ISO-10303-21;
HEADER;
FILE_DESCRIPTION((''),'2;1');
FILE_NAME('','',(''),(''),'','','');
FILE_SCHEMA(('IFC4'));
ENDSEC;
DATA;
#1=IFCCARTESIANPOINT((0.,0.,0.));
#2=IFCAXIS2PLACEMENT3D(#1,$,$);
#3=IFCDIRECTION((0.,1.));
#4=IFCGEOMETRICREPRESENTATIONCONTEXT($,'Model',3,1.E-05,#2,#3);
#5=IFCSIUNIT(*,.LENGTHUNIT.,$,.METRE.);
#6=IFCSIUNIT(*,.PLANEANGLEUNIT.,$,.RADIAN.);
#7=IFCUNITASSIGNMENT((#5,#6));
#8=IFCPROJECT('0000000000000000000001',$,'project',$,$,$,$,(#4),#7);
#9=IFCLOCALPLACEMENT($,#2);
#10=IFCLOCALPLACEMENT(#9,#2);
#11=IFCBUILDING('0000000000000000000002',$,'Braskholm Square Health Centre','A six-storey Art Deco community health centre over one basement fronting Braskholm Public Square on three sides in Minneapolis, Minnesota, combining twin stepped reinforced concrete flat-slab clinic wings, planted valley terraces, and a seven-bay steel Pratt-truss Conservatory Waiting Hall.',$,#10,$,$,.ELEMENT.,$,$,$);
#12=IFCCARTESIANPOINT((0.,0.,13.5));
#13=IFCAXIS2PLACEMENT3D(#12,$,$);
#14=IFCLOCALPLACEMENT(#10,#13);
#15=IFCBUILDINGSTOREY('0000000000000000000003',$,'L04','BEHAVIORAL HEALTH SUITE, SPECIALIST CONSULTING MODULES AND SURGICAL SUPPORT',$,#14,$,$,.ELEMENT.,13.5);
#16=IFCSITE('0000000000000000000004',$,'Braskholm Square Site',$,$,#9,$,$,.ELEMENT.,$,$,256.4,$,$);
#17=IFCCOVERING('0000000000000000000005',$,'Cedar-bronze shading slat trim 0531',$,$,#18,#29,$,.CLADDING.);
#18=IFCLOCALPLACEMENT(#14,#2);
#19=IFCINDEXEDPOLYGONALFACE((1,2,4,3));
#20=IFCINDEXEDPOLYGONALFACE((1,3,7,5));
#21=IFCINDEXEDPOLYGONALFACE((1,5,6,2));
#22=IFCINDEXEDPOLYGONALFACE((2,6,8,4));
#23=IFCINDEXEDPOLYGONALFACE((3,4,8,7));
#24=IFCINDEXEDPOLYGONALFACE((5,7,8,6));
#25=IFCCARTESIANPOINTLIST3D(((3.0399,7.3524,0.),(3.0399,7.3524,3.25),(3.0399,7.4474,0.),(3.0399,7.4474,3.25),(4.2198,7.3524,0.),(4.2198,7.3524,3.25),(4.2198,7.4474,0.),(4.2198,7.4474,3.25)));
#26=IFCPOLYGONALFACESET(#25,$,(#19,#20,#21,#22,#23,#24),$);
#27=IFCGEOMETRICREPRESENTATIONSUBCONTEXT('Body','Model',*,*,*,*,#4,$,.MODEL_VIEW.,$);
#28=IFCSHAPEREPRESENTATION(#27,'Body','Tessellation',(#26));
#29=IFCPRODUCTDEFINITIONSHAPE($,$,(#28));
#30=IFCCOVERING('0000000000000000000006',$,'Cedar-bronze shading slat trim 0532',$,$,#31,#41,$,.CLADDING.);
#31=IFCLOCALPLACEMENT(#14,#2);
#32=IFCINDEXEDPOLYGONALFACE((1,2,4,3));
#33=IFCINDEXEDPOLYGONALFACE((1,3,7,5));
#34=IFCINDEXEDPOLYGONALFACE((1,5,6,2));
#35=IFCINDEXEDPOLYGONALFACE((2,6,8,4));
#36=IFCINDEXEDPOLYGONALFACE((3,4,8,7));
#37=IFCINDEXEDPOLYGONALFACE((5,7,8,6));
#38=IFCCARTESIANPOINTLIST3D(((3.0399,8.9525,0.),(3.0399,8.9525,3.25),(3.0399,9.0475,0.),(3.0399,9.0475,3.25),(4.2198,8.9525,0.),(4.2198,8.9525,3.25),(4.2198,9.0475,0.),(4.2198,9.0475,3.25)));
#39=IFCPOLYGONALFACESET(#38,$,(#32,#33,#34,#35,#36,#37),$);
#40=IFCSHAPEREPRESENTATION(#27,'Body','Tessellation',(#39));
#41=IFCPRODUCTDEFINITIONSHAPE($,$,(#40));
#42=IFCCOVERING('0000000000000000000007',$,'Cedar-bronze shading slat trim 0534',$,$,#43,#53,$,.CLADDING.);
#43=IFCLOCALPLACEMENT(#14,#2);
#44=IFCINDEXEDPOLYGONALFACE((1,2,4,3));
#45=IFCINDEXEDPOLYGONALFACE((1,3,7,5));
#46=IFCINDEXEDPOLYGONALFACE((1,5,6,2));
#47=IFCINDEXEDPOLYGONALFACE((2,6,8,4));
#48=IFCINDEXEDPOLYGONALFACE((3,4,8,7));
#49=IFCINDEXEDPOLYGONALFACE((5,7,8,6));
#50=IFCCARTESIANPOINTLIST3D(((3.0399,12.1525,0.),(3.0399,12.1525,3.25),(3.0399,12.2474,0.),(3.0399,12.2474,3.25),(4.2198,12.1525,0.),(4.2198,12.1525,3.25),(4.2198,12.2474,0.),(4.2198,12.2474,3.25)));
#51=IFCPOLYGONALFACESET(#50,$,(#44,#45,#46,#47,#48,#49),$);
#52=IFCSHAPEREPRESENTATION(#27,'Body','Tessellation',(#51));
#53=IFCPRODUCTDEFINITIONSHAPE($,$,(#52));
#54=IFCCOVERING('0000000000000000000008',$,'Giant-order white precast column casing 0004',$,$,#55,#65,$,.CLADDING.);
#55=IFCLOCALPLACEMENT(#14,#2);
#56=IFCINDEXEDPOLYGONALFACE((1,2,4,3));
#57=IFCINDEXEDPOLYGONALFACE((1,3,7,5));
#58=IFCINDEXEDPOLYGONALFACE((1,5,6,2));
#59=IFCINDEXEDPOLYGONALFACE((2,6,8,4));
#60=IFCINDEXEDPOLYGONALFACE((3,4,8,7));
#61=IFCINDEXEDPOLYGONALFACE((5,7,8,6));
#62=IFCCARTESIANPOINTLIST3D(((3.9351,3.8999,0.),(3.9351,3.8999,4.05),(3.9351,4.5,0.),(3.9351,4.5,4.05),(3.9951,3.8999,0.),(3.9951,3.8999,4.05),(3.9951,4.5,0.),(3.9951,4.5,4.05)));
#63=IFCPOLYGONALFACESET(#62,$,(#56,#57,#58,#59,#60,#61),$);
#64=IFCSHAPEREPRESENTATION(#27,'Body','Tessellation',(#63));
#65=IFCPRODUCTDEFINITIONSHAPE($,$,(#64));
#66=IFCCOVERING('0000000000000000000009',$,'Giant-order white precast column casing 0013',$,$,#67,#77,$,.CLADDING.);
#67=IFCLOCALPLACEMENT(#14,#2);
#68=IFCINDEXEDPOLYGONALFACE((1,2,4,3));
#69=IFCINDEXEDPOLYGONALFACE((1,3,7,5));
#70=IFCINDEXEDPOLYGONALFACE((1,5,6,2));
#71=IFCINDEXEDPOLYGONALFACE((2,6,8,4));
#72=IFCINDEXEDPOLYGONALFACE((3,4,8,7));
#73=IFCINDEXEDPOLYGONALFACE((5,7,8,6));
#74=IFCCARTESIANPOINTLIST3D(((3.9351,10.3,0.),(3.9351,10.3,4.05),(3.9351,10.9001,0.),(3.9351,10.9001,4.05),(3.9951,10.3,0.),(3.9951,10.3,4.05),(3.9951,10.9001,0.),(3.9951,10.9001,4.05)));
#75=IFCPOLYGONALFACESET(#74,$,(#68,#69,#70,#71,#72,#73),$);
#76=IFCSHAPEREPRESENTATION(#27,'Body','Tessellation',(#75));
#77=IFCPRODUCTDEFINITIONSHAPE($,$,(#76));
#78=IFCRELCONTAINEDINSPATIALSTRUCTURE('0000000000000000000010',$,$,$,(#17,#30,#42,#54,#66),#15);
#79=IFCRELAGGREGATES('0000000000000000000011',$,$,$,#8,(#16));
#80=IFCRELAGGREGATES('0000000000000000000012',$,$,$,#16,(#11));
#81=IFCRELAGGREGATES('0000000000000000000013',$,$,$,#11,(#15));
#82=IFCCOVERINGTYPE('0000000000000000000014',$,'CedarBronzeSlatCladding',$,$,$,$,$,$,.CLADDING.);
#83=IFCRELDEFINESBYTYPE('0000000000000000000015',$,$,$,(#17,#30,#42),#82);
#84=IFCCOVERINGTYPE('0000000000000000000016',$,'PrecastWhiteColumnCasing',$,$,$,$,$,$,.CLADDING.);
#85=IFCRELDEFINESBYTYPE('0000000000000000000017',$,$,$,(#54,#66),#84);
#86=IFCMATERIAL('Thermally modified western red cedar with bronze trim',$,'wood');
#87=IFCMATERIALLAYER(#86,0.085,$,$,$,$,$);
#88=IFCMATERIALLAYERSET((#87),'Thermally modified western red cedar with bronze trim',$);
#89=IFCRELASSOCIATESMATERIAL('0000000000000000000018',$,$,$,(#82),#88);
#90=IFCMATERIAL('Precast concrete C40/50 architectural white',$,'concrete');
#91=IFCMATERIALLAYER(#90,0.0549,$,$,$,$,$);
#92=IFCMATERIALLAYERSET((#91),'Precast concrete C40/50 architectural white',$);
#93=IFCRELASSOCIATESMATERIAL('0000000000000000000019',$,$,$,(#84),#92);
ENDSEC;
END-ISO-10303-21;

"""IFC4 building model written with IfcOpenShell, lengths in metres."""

from ifc_helpers import new_model, si_unit, direction, frame, origin, origin_2d, place, context, subcontext, project, spatial, rectangle, extrude, material, layer, layer_set, type_object, element, save


model = new_model("IFC4")

# Units and contexts
model_context = context("Model", 3, precision=1e-05, world=origin(), true_north=direction((0.0, 1.0)))
body_context = subcontext(model_context, "Body", "Model", "MODEL_VIEW")
ifc_project = project(units=[si_unit("LENGTHUNIT", "METRE"), si_unit("PLANEANGLEUNIT", "RADIAN")], contexts=[model_context])

# Site, building, storey
site_placement = place(None, origin())
site = spatial("IfcSite", under=ifc_project, at=site_placement, Name="Braskholm Square Site", CompositionType="ELEMENT", RefElevation=256.4)
building_placement = place(site_placement, origin())
building = spatial("IfcBuilding", under=site, at=building_placement, Name="Braskholm Square Health Centre", Description="A six-storey Art Deco community health centre over one basement fronting Braskholm Public Square on three sides in Minneapolis, Minnesota, combining twin stepped reinforced concrete flat-slab clinic wings, planted valley terraces, and a seven-bay steel Pratt-truss Conservatory Waiting Hall.", CompositionType="ELEMENT")
storey_placement = place(building_placement, frame((0.0, 0.0, 13.5)))
storey = spatial("IfcBuildingStorey", under=building, at=storey_placement, Name="L04", Description="BEHAVIORAL HEALTH SUITE, SPECIALIST CONSULTING MODULES AND SURGICAL SUPPORT", CompositionType="ELEMENT", Elevation=13.5)

# Shared definitions
ifc_material_1 = material(Name="Precast concrete C40/50 architectural white", Category="concrete")

# Shared definitions
ifc_material_2 = material(Name="Thermally modified western red cedar with bronze trim", Category="wood")

# Coverings
ifc_layer_1 = layer(ifc_material_2, 0.085)
ifc_layer_set_1 = layer_set([ifc_layer_1], Name="Thermally modified western red cedar with bronze trim")
covering_type_1 = type_object("IfcCoveringType", Name="CedarBronzeSlatCladding", PredefinedType="CLADDING", material=ifc_layer_set_1)
for number, where, z_axis, x_axis, name in (
    (1, (3.6299, 7.3999, 0.0), (0.0, 0.0, 1.0), (1.0, 0.0, 0.0), "Cedar-bronze shading slat trim 0531"),
    (2, (3.6299, 9.0, 0.0), (0.0, 0.0, 1.0), (1.0, 0.0, 0.0), "Cedar-bronze shading slat trim 0532"),
    (3, (3.6299, 12.2, 0.0), (0.0, 0.0, 1.0), (1.0, 0.0, 0.0), "Cedar-bronze shading slat trim 0534"),
):
    element("IfcCovering", number, at=place(storey_placement, frame(where, z_axis=z_axis, x_axis=x_axis)), inside=storey, type_object=covering_type_1, Name=name, PredefinedType="CLADDING", context=body_context, shape_type="SweptSolid", body=[
        extrude(rectangle(XDim=1.1799, YDim=0.095, at=origin_2d()), origin(), (0.0, 0.0, 1.0), 3.25),
    ])
ifc_layer_2 = layer(ifc_material_1, 0.0549)
ifc_layer_set_2 = layer_set([ifc_layer_2], Name="Precast concrete C40/50 architectural white")
covering_type_2 = type_object("IfcCoveringType", Name="PrecastWhiteColumnCasing", PredefinedType="CLADDING", material=ifc_layer_set_2)
for number, where, z_axis, x_axis, name in (
    (4, (3.9651, 4.2, 0.0), (0.0, 0.0, 1.0), (1.0, 0.0, 0.0), "Giant-order white precast column casing 0004"),
    (5, (3.9651, 10.6001, 0.0), (0.0, 0.0, 1.0), (1.0, 0.0, 0.0), "Giant-order white precast column casing 0013"),
):
    element("IfcCovering", number, at=place(storey_placement, frame(where, z_axis=z_axis, x_axis=x_axis)), inside=storey, type_object=covering_type_2, Name=name, PredefinedType="CLADDING", context=body_context, shape_type="SweptSolid", body=[
        extrude(rectangle(XDim=0.0601, YDim=0.6001, at=origin_2d()), origin(), (0.0, 0.0, 1.0), 4.05),
    ])

save(model, "model.ifc")
